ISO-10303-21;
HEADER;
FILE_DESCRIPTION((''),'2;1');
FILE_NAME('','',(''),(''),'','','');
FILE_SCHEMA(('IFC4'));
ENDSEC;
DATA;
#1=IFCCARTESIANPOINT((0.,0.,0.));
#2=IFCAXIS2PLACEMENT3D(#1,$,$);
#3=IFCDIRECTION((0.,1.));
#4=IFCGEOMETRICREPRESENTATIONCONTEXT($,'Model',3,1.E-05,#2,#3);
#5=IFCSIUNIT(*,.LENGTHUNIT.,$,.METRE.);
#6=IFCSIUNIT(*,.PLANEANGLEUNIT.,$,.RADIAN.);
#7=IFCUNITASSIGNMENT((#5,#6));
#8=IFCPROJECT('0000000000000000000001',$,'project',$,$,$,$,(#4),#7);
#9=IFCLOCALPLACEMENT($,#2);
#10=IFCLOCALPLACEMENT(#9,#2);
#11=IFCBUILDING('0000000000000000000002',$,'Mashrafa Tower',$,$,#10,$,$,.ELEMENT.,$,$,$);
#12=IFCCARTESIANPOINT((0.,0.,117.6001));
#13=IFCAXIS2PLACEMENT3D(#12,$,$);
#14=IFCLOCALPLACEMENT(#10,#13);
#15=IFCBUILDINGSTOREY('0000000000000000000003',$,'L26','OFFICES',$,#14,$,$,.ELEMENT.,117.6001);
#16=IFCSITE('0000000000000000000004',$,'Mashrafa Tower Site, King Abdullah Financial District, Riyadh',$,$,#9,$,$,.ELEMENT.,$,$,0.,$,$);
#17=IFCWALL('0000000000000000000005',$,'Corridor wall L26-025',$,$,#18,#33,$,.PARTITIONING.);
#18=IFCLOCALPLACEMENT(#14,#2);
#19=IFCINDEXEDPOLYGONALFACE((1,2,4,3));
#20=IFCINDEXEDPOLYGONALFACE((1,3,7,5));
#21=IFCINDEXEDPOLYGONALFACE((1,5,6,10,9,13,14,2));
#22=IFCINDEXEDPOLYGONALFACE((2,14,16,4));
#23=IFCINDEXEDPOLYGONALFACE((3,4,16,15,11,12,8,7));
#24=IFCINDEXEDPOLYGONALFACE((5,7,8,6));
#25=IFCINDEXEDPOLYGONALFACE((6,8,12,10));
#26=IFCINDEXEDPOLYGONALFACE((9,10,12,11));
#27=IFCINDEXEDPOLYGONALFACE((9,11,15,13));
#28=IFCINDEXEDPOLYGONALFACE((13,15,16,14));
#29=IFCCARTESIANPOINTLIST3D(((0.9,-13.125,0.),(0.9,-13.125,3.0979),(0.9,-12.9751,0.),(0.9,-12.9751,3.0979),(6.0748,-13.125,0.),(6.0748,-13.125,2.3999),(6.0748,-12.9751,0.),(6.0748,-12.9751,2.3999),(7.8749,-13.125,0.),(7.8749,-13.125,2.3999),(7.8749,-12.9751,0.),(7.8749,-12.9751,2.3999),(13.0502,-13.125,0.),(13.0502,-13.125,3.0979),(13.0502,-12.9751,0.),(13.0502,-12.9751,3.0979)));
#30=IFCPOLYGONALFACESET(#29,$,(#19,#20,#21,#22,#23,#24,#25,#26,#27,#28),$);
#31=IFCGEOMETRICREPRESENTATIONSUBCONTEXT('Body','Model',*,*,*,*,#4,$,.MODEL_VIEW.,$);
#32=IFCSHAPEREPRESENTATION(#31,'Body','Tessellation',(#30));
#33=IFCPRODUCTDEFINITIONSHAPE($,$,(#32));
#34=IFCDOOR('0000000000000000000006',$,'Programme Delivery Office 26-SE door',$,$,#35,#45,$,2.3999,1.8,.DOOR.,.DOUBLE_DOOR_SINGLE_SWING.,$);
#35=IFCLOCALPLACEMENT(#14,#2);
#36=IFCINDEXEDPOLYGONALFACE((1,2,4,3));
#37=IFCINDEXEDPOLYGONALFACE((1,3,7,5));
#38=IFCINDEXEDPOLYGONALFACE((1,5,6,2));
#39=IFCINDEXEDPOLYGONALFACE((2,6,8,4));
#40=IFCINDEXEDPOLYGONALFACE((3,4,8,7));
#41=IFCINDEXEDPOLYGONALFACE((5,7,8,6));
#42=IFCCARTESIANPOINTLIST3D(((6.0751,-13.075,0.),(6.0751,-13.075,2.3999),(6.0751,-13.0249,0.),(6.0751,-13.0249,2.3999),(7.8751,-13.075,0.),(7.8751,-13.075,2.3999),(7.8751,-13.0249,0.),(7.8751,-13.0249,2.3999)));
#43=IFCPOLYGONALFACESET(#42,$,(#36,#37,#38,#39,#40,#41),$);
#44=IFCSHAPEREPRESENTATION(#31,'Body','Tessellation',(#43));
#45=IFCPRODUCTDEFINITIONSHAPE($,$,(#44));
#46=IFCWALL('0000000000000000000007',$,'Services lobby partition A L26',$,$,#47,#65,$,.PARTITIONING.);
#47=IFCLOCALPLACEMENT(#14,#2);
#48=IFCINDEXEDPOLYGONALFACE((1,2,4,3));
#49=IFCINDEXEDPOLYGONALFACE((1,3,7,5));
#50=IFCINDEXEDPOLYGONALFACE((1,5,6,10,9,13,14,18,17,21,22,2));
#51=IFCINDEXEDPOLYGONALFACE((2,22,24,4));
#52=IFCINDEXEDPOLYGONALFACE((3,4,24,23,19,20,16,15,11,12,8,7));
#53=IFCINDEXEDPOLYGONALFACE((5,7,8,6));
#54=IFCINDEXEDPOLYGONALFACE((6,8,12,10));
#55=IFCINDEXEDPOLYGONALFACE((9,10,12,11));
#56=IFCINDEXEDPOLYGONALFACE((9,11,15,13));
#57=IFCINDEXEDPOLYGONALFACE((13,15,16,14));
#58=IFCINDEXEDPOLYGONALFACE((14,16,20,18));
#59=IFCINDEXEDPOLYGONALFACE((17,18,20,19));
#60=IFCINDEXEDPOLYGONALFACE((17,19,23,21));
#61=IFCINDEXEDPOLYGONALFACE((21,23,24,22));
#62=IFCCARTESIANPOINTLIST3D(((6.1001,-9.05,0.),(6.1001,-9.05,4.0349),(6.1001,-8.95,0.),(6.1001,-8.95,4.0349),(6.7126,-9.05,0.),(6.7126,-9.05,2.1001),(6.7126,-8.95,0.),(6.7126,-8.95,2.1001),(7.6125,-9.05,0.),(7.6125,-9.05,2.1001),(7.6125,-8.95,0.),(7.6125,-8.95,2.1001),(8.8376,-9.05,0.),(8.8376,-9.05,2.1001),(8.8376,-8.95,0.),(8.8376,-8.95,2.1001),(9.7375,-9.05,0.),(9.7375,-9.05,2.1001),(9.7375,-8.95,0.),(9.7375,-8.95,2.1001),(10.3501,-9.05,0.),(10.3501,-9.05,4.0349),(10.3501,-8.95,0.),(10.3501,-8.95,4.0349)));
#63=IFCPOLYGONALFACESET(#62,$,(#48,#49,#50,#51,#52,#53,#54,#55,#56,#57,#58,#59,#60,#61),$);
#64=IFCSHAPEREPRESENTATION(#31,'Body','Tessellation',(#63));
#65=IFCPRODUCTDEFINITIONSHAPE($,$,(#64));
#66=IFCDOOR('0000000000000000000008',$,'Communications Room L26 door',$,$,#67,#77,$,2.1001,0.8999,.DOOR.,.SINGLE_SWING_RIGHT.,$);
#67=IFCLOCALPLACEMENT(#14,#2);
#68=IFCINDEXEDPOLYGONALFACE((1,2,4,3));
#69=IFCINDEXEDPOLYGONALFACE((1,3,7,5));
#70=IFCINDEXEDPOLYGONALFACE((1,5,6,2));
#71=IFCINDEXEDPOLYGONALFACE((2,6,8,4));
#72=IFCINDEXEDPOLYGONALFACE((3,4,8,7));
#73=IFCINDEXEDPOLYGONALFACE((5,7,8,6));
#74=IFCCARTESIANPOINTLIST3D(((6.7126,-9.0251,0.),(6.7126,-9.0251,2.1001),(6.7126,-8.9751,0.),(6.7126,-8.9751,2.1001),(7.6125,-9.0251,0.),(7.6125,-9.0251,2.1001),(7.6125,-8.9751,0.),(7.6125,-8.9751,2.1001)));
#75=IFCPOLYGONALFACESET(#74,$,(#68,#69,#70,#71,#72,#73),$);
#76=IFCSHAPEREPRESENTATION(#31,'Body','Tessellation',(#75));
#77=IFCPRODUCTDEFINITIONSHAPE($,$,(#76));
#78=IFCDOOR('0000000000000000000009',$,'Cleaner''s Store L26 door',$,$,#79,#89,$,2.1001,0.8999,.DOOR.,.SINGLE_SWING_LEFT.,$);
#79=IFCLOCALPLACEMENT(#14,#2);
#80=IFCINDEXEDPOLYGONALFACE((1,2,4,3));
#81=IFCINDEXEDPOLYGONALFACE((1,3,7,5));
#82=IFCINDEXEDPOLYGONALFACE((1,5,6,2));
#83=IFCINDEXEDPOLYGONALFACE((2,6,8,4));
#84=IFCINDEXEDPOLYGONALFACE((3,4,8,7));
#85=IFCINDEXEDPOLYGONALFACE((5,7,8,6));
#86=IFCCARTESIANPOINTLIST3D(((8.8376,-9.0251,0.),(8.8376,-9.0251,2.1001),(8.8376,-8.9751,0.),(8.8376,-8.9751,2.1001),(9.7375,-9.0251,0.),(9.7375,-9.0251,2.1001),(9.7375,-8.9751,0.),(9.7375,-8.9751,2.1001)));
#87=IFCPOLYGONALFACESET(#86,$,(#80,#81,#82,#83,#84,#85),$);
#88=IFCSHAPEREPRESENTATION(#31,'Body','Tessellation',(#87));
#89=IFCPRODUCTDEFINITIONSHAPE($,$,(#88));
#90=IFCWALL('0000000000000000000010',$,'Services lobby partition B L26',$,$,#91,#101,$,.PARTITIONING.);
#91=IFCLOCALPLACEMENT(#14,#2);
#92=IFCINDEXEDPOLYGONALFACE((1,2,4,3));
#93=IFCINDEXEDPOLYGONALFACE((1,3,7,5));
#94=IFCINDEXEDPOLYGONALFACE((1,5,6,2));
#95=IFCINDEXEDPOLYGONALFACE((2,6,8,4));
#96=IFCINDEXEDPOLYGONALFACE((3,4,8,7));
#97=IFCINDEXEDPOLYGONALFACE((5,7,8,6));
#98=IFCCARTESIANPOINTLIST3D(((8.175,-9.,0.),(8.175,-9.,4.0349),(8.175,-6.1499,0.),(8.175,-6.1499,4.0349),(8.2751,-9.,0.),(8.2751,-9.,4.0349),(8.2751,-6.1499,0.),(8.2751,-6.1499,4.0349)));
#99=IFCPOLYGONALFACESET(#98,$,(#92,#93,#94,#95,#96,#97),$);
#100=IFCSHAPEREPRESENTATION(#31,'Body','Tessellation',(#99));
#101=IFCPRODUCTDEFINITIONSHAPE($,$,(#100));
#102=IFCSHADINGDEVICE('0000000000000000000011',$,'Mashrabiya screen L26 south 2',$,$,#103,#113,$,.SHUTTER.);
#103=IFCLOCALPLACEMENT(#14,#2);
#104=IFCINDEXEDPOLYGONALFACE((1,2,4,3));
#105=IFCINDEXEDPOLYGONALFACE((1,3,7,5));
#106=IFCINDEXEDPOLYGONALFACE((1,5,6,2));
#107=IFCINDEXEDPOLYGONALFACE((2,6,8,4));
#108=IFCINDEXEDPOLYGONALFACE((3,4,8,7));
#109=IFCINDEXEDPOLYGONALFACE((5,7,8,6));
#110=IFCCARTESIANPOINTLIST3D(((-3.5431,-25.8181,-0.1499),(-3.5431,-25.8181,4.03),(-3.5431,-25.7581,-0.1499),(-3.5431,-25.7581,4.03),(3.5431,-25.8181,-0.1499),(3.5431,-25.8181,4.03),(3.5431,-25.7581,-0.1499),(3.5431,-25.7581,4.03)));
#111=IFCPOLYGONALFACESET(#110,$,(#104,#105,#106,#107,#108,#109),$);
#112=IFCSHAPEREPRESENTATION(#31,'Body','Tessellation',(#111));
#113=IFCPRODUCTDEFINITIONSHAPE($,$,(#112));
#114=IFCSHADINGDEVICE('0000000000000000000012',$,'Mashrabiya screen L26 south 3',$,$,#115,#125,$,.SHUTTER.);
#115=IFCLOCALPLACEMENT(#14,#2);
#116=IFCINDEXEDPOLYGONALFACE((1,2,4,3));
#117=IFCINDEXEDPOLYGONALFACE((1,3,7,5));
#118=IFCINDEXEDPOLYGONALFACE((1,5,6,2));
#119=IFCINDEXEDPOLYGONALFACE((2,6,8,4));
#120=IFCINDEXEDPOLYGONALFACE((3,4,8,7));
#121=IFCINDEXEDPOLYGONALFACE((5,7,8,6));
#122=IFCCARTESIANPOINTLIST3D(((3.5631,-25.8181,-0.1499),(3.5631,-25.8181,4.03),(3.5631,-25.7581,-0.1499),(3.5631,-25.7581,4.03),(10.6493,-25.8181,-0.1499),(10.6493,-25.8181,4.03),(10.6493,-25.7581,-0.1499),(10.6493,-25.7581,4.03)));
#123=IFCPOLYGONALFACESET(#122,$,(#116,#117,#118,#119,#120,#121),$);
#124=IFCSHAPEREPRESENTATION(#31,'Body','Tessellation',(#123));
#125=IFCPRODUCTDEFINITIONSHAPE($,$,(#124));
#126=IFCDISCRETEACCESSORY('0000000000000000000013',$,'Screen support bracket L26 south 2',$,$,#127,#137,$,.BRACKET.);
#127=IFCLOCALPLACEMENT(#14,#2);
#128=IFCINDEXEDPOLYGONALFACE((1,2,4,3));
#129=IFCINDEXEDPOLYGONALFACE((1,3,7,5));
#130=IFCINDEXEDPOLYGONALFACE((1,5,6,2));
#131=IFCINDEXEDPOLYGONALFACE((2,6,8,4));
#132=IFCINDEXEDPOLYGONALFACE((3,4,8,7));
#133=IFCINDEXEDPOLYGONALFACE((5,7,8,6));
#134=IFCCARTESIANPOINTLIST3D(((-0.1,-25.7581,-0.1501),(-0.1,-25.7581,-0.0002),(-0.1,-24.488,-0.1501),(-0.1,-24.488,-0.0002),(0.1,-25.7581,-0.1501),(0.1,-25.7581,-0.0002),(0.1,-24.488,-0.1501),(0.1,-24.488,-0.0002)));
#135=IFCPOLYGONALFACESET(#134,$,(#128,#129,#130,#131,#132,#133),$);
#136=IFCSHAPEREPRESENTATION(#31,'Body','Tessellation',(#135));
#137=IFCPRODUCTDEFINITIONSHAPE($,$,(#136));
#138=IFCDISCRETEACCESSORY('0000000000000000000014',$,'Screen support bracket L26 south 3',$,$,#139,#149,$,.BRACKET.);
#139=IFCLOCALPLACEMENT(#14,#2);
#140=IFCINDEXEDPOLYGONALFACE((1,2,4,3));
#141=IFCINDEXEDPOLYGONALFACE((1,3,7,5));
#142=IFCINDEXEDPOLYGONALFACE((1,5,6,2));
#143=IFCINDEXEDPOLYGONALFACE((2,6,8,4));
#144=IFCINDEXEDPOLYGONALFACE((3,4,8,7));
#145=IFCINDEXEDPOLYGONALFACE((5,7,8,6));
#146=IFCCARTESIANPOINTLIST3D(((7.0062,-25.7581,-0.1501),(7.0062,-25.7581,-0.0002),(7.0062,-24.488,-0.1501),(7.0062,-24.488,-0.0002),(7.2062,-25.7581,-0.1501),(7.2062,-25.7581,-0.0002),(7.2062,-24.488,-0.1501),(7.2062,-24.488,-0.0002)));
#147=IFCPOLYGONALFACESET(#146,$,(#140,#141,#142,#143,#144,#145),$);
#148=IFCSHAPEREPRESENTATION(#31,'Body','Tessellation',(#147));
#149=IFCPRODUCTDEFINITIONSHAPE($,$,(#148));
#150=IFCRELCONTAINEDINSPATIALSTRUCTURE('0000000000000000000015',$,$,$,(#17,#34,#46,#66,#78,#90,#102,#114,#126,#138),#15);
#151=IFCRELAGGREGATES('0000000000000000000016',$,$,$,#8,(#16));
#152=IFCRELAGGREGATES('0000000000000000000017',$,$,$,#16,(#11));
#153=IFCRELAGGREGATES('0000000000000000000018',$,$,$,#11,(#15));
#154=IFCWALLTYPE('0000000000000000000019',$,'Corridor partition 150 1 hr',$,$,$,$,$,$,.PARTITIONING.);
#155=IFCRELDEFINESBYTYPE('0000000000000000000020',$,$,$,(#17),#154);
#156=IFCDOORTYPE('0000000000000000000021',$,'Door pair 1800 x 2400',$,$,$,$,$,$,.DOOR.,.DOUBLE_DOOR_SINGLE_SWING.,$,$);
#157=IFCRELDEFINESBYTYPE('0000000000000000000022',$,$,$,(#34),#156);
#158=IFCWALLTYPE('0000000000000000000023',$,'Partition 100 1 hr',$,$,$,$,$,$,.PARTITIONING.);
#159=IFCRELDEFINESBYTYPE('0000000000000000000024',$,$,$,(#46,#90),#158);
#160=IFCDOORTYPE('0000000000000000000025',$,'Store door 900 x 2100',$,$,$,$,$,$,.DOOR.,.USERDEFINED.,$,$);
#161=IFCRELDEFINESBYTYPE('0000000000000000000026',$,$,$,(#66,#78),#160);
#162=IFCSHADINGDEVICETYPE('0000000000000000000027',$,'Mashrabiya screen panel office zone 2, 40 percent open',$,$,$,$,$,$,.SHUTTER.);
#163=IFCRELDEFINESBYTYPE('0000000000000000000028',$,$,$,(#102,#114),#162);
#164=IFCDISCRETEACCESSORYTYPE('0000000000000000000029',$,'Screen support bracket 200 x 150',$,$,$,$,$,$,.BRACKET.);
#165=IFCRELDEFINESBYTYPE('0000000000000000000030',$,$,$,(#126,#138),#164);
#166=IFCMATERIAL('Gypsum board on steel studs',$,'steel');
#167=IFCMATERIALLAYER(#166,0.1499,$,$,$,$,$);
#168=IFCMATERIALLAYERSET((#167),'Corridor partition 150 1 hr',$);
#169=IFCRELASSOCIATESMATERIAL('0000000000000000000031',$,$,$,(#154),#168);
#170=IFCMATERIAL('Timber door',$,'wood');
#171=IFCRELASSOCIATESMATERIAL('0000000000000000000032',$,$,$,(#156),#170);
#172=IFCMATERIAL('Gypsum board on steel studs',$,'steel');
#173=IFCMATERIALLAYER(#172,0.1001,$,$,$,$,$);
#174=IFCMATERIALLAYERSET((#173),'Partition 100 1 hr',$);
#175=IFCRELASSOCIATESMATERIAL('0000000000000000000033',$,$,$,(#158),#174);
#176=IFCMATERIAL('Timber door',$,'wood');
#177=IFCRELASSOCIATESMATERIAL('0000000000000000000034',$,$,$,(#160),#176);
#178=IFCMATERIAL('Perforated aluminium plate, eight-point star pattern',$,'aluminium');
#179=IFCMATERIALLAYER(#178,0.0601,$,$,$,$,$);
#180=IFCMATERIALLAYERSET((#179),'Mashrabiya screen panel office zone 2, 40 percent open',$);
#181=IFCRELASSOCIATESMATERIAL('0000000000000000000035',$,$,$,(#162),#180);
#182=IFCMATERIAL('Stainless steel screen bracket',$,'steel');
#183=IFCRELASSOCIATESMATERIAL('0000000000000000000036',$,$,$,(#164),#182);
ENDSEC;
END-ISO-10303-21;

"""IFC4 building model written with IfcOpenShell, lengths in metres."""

from ifc_helpers import new_model, si_unit, direction, frame, frame_2d, origin, origin_2d, place, context, subcontext, project, spatial, rectangle, extrude, source, transform, mapped, material, layer, layer_set, type_object, type_shapes, element, fill, save


model = new_model("IFC4")

# Units and contexts
model_context = context("Model", 3, precision=1e-05, world=origin(), true_north=direction((0.0, 1.0)))
body_context = subcontext(model_context, "Body", "Model", "MODEL_VIEW")
ifc_project = project(units=[si_unit("LENGTHUNIT", "METRE"), si_unit("PLANEANGLEUNIT", "RADIAN")], contexts=[model_context])

# Site, building, storey
site_placement = place(None, origin())
site = spatial("IfcSite", under=ifc_project, at=site_placement, Name="Mashrafa Tower Site, King Abdullah Financial District, Riyadh", CompositionType="ELEMENT", RefElevation=0.0)
building_placement = place(site_placement, origin())
building = spatial("IfcBuilding", under=site, at=building_placement, Name="Mashrafa Tower", CompositionType="ELEMENT")
storey_placement = place(building_placement, frame((0.0, 0.0, 117.6001)))
storey = spatial("IfcBuildingStorey", under=building, at=storey_placement, Name="L26", Description="OFFICES", CompositionType="ELEMENT", Elevation=117.6001)

# Shared definitions
ifc_material_1 = material(Name="Gypsum board on steel studs", Category="steel")
ifc_layer_1 = layer(ifc_material_1, 0.1499)
ifc_layer_set_1 = layer_set([ifc_layer_1], Name="Corridor partition 150 1 hr")
wall_type_1 = type_object("IfcWallType", Name="Corridor partition 150 1 hr", PredefinedType="PARTITIONING", material=ifc_layer_set_1)

# Wall, opening, door
wall_1_placement = place(storey_placement, frame((0.8999, -13.05, 0.0), z_axis=(0.0, 0.0, 1.0), x_axis=(1.0, 0.0, 0.0)))
wall_1 = element("IfcWall", 1, at=wall_1_placement, inside=storey, type_object=wall_type_1, Name="Corridor wall L26-025", PredefinedType="PARTITIONING", context=body_context, shape_type="SweptSolid", body=[
    extrude(rectangle(XDim=12.1501, YDim=0.1499, at=frame_2d((6.0752, 0.0))), origin(), (0.0, 0.0, 1.0), 3.0979),
])
opening_1_placement = place(wall_1_placement, frame((5.175, 0.0, 0.0)))
opening_1 = element("IfcOpeningElement", 2, at=opening_1_placement, cuts=wall_1, PredefinedType="OPENING", context=body_context, shape_type="SweptSolid", body=[
    extrude(rectangle(XDim=1.8, YDim=2.3999, at=frame_2d((0.8999, 1.2))), frame((0.0, 0.085, 0.0), z_axis=(0.0, -1.0, 0.0), x_axis=(1.0, 0.0, 0.0)), (0.0, 0.0, 1.0), 0.1699),
])
ifc_material_2 = material(Name="Timber door", Category="wood")
door_type_1 = type_object("IfcDoorType", Name="Door pair 1800 x 2400", OperationType="DOUBLE_DOOR_SINGLE_SWING", PredefinedType="DOOR", material=ifc_material_2)
door_1_placement = place(opening_1_placement, frame((1.8, 0.0, 0.0), z_axis=(0.0, 0.0, 1.0), x_axis=(-1.0, 0.0, 0.0)))
door_1 = element("IfcDoor", 3, at=door_1_placement, inside=storey, type_object=door_type_1, Name="Programme Delivery Office 26-SE door", OperationType="DOUBLE_DOOR_SINGLE_SWING", OverallHeight=2.3999, OverallWidth=1.8, PredefinedType="DOOR", context=body_context, shape_type="SweptSolid", body=[
    extrude(rectangle(XDim=1.8, YDim=2.3999, at=frame_2d((0.8999, 1.2))), frame((0.0, 0.0249, 0.0), z_axis=(0.0, -1.0, 0.0), x_axis=(1.0, 0.0, 0.0)), (0.0, 0.0, 1.0), 0.05),
])
fill(opening_1, door_1)

# Wall, openings, doors
ifc_material_3 = material(Name="Gypsum board on steel studs", Category="steel")
ifc_layer_2 = layer(ifc_material_3, 0.1001)
ifc_layer_set_2 = layer_set([ifc_layer_2], Name="Partition 100 1 hr")
wall_type_2 = type_object("IfcWallType", Name="Partition 100 1 hr", PredefinedType="PARTITIONING", material=ifc_layer_set_2)
wall_2_placement = place(storey_placement, frame((6.1001, -9.0, 0.0), z_axis=(0.0, 0.0, 1.0), x_axis=(1.0, 0.0, 0.0)))
wall_2 = element("IfcWall", 4, at=wall_2_placement, inside=storey, type_object=wall_type_2, Name="Services lobby partition A L26", PredefinedType="PARTITIONING", context=body_context, shape_type="SweptSolid", body=[
    extrude(rectangle(XDim=4.25, YDim=0.1001, at=frame_2d((2.125, 0.0))), origin(), (0.0, 0.0, 1.0), 4.0349),
])
opening_2_placement = place(wall_2_placement, frame((0.6125, 0.0, 0.0)))
opening_2 = element("IfcOpeningElement", 5, at=opening_2_placement, cuts=wall_2, PredefinedType="OPENING", context=body_context, shape_type="SweptSolid", body=[
    extrude(rectangle(XDim=0.8999, YDim=2.1001, at=frame_2d((0.45, 1.05))), frame((0.0, 0.0601, 0.0), z_axis=(0.0, -1.0, 0.0), x_axis=(1.0, 0.0, 0.0)), (0.0, 0.0, 1.0), 0.1201),
])
opening_3_placement = place(wall_2_placement, frame((2.7375, 0.0, 0.0)))
opening_3 = element("IfcOpeningElement", 6, at=opening_3_placement, cuts=wall_2, PredefinedType="OPENING", context=body_context, shape_type="SweptSolid", body=[
    extrude(rectangle(XDim=0.8999, YDim=2.1001, at=frame_2d((0.45, 1.05))), frame((0.0, 0.0601, 0.0), z_axis=(0.0, -1.0, 0.0), x_axis=(1.0, 0.0, 0.0)), (0.0, 0.0, 1.0), 0.1201),
])
ifc_material_4 = material(Name="Timber door", Category="wood")
door_type_2 = type_object("IfcDoorType", Name="Store door 900 x 2100", OperationType="USERDEFINED", PredefinedType="DOOR", material=ifc_material_4)
door_2_placement = place(opening_2_placement, origin())
door_2 = element("IfcDoor", 7, at=door_2_placement, inside=storey, type_object=door_type_2, Name="Communications Room L26 door", OperationType="SINGLE_SWING_RIGHT", OverallHeight=2.1001, OverallWidth=0.8999, PredefinedType="DOOR", context=body_context, shape_type="SweptSolid", body=[
    extrude(rectangle(XDim=0.8999, YDim=2.1001, at=frame_2d((0.45, 1.05))), frame((0.0, 0.0249, 0.0), z_axis=(0.0, -1.0, 0.0), x_axis=(1.0, 0.0, 0.0)), (0.0, 0.0, 1.0), 0.05),
])
fill(opening_2, door_2)
door_3_placement = place(opening_3_placement, origin())
door_3 = element("IfcDoor", 8, at=door_3_placement, inside=storey, type_object=door_type_2, Name="Cleaner's Store L26 door", OperationType="SINGLE_SWING_LEFT", OverallHeight=2.1001, OverallWidth=0.8999, PredefinedType="DOOR", context=body_context, shape_type="SweptSolid", body=[
    extrude(rectangle(XDim=0.8999, YDim=2.1001, at=frame_2d((0.45, 1.05))), frame((0.0, 0.0249, 0.0), z_axis=(0.0, -1.0, 0.0), x_axis=(1.0, 0.0, 0.0)), (0.0, 0.0, 1.0), 0.05),
])
fill(opening_3, door_3)

# Wall
wall_3_placement = place(storey_placement, frame((8.2251, -9.0, 0.0), z_axis=(0.0, 0.0, 1.0), x_axis=(0.0, 1.0, 0.0)))
element("IfcWall", 9, at=wall_3_placement, inside=storey, type_object=wall_type_2, Name="Services lobby partition B L26", PredefinedType="PARTITIONING", context=body_context, shape_type="SweptSolid", body=[
    extrude(rectangle(XDim=2.8501, YDim=0.1001, at=frame_2d((1.425, 0.0))), origin(), (0.0, 0.0, 1.0), 4.0349),
])

# Shading devices
ifc_material_5 = material(Name="Perforated aluminium plate, eight-point star pattern", Category="aluminium")
ifc_layer_3 = layer(ifc_material_5, 0.0601)
ifc_layer_set_3 = layer_set([ifc_layer_3], Name="Mashrabiya screen panel office zone 2, 40 percent open")
shading_device_type = type_object("IfcShadingDeviceType", Name="Mashrabiya screen panel office zone 2, 40 percent open", PredefinedType="SHUTTER", material=ifc_layer_set_3)
shared_shape_1 = source(origin(), body_context, "Body", "SweptSolid", [
    extrude(rectangle(XDim=7.0862, YDim=0.0601, at=origin_2d()), origin(), (0.0, 0.0, 1.0), 4.1799),
])
type_shapes(shading_device_type, [shared_shape_1])
for number, where, z_axis, x_axis, name in (
    (10, (0.0, -25.7881, -0.1499), (0.0, 0.0, 1.0), (1.0, 0.0, 0.0), "Mashrabiya screen L26 south 2"),
    (11, (7.1062, -25.7881, -0.1499), (0.0, 0.0, 1.0), (1.0, 0.0, 0.0), "Mashrabiya screen L26 south 3"),
):
    element("IfcShadingDevice", number, at=place(storey_placement, frame(where, z_axis=z_axis, x_axis=x_axis)), inside=storey, type_object=shading_device_type, Name=name, PredefinedType="SHUTTER", context=body_context, shape_type="MappedRepresentation", body=[
        mapped(shared_shape_1, transform((0.0, 0.0, 0.0))),
    ])

# Discrete accessories
ifc_material_6 = material(Name="Stainless steel screen bracket", Category="steel")
discrete_accessory_type = type_object("IfcDiscreteAccessoryType", Name="Screen support bracket 200 x 150", PredefinedType="BRACKET", material=ifc_material_6)
shared_shape_2 = source(origin(), body_context, "Body", "SweptSolid", [
    extrude(rectangle(XDim=0.2, YDim=1.27, at=origin_2d()), origin(), (0.0, 0.0, 1.0), 0.1499),
])
type_shapes(discrete_accessory_type, [shared_shape_2])
for number, where, z_axis, x_axis, name in (
    (12, (0.0, -25.123, -0.1501), (0.0, 0.0, 1.0), (1.0, 0.0, 0.0), "Screen support bracket L26 south 2"),
    (13, (7.1062, -25.123, -0.1501), (0.0, 0.0, 1.0), (1.0, 0.0, 0.0), "Screen support bracket L26 south 3"),
):
    element("IfcDiscreteAccessory", number, at=place(storey_placement, frame(where, z_axis=z_axis, x_axis=x_axis)), inside=storey, type_object=discrete_accessory_type, Name=name, PredefinedType="BRACKET", context=body_context, shape_type="MappedRepresentation", body=[
        mapped(shared_shape_2, transform((0.0, 0.0, 0.0))),
    ])

save(model, "model.ifc")
